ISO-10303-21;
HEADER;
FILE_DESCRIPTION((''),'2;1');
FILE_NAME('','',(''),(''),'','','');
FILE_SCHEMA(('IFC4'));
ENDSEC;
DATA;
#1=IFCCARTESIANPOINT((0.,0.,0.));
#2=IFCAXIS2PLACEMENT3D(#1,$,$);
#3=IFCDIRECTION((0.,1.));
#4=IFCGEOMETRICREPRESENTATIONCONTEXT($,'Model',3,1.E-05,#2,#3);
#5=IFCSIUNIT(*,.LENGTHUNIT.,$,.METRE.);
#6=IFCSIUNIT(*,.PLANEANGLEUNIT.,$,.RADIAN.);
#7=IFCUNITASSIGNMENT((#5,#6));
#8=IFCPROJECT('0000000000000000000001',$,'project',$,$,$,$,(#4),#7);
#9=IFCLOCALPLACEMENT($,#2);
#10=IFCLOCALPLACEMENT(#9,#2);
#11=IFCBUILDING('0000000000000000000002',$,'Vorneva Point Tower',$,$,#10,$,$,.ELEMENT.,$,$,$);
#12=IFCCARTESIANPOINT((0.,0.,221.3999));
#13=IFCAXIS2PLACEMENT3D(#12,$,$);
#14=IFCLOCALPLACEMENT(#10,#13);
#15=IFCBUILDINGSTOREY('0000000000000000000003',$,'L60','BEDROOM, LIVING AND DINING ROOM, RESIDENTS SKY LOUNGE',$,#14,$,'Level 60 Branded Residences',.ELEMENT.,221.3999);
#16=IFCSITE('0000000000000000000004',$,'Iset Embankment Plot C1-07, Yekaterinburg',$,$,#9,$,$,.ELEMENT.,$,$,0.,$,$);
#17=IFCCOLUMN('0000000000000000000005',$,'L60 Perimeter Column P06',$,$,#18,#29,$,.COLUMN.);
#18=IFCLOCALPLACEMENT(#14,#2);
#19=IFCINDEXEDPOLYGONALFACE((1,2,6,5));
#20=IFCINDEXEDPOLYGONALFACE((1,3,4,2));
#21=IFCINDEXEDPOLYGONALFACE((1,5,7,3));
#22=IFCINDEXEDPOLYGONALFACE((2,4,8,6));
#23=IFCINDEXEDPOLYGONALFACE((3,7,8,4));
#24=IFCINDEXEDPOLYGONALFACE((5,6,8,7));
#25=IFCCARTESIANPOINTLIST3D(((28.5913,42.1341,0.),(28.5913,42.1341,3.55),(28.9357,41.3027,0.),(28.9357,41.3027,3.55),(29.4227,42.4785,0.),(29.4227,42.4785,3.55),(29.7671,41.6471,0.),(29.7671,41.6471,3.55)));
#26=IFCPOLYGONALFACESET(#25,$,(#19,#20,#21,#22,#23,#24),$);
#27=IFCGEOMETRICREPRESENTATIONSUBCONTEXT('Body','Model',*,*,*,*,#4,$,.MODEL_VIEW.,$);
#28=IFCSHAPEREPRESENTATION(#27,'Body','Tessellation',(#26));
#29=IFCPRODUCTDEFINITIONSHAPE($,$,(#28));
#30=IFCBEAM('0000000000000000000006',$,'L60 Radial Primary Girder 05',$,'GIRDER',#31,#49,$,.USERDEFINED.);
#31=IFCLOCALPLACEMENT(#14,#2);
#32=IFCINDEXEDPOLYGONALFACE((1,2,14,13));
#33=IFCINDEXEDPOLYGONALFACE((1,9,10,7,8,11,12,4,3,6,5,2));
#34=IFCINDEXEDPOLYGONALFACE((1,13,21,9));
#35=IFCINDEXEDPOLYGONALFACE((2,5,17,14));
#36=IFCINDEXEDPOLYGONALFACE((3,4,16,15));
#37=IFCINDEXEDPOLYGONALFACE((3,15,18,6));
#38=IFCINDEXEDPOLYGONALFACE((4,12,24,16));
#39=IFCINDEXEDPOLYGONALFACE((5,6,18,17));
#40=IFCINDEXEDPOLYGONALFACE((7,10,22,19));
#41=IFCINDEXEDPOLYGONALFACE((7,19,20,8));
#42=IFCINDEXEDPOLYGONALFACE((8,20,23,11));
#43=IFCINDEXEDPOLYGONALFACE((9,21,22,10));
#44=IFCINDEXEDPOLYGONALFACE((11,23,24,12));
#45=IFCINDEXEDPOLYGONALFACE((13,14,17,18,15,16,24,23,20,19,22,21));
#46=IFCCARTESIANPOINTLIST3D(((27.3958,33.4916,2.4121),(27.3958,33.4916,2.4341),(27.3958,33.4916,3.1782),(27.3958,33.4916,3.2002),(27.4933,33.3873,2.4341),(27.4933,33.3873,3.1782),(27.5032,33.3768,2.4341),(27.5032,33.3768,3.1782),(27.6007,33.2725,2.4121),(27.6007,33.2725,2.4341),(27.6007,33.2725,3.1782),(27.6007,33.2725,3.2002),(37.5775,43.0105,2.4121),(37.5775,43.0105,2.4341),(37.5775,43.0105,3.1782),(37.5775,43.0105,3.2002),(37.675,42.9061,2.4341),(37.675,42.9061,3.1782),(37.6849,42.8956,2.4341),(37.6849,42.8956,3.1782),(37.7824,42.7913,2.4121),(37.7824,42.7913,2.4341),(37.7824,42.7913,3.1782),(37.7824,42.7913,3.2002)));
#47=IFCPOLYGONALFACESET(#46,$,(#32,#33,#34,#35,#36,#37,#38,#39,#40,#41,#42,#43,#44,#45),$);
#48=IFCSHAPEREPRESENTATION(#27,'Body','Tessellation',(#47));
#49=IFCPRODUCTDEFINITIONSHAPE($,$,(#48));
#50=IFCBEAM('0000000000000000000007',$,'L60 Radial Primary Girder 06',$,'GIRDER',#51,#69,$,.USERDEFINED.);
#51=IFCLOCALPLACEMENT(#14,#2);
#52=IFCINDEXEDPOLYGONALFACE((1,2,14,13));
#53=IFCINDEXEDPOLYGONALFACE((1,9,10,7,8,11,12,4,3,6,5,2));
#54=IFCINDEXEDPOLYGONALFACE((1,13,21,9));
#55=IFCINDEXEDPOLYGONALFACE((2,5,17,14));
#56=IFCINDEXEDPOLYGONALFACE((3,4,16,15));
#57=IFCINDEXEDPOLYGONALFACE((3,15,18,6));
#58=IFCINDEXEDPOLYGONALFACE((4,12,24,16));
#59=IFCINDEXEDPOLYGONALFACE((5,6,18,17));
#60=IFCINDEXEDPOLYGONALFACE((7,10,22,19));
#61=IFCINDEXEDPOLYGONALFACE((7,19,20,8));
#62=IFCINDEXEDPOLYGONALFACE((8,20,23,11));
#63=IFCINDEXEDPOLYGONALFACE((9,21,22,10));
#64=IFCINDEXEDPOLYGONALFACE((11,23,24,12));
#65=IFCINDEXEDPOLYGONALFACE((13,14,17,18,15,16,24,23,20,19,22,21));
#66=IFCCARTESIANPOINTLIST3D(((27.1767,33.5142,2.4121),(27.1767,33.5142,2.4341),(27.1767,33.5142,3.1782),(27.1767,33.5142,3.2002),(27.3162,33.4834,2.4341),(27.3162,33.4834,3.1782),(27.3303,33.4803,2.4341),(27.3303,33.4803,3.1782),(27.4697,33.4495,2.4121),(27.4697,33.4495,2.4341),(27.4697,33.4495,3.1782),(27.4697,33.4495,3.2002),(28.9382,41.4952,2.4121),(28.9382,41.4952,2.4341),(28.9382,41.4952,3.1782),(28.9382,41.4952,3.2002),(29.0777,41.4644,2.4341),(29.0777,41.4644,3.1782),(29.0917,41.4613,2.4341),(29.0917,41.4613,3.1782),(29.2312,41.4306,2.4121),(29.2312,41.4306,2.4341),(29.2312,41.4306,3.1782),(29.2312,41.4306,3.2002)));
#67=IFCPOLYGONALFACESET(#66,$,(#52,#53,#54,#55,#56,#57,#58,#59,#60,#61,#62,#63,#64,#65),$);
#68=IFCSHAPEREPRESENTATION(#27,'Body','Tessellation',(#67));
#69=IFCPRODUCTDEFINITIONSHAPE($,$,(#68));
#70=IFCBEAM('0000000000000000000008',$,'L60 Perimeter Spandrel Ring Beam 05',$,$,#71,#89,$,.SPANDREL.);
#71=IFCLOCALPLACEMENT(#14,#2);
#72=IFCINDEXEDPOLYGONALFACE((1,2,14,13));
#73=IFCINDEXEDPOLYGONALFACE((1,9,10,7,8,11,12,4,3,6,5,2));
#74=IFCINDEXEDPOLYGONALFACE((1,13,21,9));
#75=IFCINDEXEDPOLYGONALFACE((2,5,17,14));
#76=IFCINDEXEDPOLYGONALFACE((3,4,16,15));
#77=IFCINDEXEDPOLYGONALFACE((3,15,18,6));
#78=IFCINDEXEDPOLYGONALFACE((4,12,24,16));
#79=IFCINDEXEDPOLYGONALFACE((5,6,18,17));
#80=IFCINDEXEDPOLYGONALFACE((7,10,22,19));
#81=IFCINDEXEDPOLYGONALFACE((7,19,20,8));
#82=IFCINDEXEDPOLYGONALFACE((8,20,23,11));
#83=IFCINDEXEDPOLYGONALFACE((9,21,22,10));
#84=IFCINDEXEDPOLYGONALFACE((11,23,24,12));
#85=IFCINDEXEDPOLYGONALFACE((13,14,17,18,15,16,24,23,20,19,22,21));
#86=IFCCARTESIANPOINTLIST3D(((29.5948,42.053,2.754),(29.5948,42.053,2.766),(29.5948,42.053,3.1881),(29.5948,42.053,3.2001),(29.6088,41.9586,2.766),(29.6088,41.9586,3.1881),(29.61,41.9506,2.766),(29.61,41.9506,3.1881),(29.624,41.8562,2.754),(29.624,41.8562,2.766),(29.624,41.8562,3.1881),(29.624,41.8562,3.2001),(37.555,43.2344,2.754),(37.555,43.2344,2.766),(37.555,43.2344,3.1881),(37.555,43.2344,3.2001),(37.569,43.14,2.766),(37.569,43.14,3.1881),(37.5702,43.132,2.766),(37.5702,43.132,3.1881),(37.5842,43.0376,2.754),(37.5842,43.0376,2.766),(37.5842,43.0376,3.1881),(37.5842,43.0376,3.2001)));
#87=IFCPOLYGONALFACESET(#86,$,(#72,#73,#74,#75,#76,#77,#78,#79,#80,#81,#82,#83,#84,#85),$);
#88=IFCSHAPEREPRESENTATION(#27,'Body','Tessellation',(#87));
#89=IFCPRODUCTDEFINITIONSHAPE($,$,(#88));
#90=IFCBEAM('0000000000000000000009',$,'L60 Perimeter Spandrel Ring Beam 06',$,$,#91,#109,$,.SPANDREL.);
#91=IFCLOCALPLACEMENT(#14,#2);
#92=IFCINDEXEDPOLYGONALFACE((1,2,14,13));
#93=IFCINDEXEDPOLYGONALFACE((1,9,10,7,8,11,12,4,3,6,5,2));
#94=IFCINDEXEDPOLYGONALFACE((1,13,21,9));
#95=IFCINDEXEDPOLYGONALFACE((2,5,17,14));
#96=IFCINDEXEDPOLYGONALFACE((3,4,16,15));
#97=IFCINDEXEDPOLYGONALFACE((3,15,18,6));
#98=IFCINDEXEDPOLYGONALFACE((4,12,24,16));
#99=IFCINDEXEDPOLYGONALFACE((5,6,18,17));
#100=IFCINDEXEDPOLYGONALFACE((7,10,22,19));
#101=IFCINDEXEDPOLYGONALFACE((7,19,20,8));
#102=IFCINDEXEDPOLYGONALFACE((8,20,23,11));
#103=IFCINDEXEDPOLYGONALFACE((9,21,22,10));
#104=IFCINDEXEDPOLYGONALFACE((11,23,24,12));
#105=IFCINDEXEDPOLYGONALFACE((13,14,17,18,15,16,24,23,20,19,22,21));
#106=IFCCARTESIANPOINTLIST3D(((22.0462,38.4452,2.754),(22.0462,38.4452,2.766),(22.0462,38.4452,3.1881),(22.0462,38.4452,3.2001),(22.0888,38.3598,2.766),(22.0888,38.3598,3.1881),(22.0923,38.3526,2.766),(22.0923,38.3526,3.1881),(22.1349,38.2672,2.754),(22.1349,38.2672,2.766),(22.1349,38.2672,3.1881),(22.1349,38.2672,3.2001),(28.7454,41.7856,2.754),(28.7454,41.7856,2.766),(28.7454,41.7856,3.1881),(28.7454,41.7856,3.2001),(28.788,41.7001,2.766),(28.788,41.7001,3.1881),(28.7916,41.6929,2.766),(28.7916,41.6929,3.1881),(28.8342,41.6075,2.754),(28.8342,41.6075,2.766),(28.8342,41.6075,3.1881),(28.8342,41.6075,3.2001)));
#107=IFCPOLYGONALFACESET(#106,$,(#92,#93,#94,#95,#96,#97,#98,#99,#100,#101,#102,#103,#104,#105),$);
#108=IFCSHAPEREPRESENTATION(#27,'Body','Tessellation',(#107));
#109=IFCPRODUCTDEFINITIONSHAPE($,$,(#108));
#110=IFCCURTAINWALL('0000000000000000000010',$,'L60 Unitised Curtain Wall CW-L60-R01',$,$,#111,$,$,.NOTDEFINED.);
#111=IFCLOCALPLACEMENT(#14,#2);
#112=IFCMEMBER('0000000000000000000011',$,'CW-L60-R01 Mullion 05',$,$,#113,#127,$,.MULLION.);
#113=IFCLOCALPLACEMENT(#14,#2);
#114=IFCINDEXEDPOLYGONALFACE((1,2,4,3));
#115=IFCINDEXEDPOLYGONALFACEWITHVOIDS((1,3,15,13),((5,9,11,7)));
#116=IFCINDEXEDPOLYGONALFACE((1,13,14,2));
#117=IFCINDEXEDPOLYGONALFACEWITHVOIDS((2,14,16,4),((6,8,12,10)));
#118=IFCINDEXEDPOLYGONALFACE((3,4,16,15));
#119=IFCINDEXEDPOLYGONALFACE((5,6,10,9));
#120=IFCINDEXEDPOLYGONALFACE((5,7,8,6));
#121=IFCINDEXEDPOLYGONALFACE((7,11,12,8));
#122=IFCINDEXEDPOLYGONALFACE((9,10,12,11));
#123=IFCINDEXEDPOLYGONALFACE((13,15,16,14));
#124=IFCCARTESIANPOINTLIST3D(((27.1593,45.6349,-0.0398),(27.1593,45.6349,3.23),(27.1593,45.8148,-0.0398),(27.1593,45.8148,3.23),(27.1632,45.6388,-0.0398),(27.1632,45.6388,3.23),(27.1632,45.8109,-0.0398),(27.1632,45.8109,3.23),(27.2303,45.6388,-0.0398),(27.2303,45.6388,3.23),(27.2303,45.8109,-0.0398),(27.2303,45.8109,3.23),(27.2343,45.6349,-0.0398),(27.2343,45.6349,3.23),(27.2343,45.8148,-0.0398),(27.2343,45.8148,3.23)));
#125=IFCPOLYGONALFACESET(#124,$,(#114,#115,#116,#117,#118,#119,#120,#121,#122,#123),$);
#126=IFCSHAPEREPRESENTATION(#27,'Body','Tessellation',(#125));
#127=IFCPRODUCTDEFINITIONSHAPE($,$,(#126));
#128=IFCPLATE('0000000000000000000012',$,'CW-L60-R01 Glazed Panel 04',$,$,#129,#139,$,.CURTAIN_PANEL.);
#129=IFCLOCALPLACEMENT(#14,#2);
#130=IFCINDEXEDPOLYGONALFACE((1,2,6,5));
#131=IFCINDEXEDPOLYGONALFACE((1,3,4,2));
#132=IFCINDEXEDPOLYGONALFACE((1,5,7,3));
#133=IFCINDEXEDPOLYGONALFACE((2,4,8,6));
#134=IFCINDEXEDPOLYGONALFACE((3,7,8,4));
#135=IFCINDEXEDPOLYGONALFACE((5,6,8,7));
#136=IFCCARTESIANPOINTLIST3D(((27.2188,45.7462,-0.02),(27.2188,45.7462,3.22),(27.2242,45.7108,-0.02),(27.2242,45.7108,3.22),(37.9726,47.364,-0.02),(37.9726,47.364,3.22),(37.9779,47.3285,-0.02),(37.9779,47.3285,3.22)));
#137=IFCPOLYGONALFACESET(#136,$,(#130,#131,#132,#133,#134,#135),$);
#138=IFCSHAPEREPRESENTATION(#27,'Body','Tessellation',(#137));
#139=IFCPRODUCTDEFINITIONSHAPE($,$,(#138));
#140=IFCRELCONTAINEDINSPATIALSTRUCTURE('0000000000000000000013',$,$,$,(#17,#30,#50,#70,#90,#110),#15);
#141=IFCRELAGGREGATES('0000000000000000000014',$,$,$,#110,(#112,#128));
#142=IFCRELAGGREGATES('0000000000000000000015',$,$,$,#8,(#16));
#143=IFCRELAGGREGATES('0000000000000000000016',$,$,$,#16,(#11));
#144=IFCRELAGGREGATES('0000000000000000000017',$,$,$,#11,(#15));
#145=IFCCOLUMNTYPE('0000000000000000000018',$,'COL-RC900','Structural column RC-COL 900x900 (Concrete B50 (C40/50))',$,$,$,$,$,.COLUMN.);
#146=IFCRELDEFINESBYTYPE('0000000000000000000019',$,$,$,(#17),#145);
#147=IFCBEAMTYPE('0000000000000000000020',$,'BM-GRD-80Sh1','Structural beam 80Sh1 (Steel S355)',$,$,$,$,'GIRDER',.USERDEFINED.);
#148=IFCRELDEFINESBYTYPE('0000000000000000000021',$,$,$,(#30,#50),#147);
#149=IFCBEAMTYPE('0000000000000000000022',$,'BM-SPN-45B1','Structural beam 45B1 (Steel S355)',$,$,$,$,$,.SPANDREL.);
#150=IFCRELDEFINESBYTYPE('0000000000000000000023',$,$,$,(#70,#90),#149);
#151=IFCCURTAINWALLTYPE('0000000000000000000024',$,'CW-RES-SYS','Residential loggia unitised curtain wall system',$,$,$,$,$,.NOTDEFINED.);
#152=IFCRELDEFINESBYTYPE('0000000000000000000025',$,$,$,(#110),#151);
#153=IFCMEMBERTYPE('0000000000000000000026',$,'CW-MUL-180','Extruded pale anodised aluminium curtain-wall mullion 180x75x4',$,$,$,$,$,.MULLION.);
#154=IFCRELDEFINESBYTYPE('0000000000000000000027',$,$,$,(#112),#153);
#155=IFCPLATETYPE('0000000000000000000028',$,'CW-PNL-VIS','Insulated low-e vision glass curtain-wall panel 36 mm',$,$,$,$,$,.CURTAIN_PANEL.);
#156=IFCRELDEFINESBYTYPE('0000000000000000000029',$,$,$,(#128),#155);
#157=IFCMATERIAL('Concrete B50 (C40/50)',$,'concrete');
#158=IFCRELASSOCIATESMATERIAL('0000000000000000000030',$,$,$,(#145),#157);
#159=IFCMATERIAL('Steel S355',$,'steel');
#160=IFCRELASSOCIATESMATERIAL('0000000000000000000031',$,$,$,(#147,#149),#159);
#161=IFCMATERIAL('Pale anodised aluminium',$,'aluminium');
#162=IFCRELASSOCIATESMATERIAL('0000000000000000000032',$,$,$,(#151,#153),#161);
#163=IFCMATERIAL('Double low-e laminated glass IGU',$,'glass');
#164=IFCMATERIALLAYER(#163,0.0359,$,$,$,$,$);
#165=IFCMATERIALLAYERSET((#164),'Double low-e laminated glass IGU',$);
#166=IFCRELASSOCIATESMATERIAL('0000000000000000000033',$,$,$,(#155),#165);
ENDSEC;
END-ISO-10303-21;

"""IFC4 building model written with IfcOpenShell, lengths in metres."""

from ifc_helpers import new_model, si_unit, direction, frame, origin, origin_2d, place, context, subcontext, project, spatial, rectangle, hollow_rectangle, i_section, extrude, material, layer, layer_set, material_profile, profile_set, type_object, element, aggregate, save


model = new_model("IFC4")

# Units and contexts
model_context = context("Model", 3, precision=1e-05, world=origin(), true_north=direction((0.0, 1.0)))
body_context = subcontext(model_context, "Body", "Model", "MODEL_VIEW")
ifc_project = project(units=[si_unit("LENGTHUNIT", "METRE"), si_unit("PLANEANGLEUNIT", "RADIAN")], contexts=[model_context])

# Site, building, storey
site_placement = place(None, origin())
site = spatial("IfcSite", under=ifc_project, at=site_placement, Name="Iset Embankment Plot C1-07, Yekaterinburg", CompositionType="ELEMENT", RefElevation=0.0)
building_placement = place(site_placement, origin())
building = spatial("IfcBuilding", under=site, at=building_placement, Name="Vorneva Point Tower", CompositionType="ELEMENT")
storey_placement = place(building_placement, frame((0.0, 0.0, 221.3999)))
storey = spatial("IfcBuildingStorey", under=building, at=storey_placement, Name="L60", Description="BEDROOM, LIVING AND DINING ROOM, RESIDENTS SKY LOUNGE", LongName="Level 60 Branded Residences", CompositionType="ELEMENT", Elevation=221.3999)

# Column
ifc_material_1 = material(Name="Concrete B50 (C40/50)", Category="concrete")
ifc_material_profile_1 = material_profile(ifc_material_1, rectangle(XDim=0.8999, YDim=0.8999, at=origin_2d()), Name="RC-COL 900x900")
ifc_profile_set_1 = profile_set([ifc_material_profile_1], Name="Concrete B50 (C40/50)")
column_type = type_object("IfcColumnType", Name="COL-RC900", Description="Structural column RC-COL 900x900 (Concrete B50 (C40/50))", PredefinedType="COLUMN", material=ifc_profile_set_1)
column_placement = place(storey_placement, frame((29.1792, 41.8906, 0.0), z_axis=(0.0, 0.0, 1.0), x_axis=(-0.382683, 0.92388, 0.0)))
element("IfcColumn", 1, at=column_placement, inside=storey, type_object=column_type, Name="L60 Perimeter Column P06", PredefinedType="COLUMN", context=body_context, shape_type="SweptSolid", body=[
    extrude(rectangle(XDim=0.8999, YDim=0.8999, at=origin_2d()), origin(), (0.0, 0.0, 1.0), 3.55),
])

# Beams
ifc_material_2 = material(Name="Steel S355", Category="steel")
ifc_material_profile_2 = material_profile(ifc_material_2, i_section(OverallWidth=0.3, OverallDepth=0.7881, WebThickness=0.0144, FlangeThickness=0.022, at=origin_2d()), Name="80Sh1")
ifc_profile_set_2 = profile_set([ifc_material_profile_2], Name="Steel S355")
beam_type_1 = type_object("IfcBeamType", Name="BM-GRD-80Sh1", Description="Structural beam 80Sh1 (Steel S355)", ElementType="GIRDER", PredefinedType="USERDEFINED", material=ifc_profile_set_2)
beam_1_placement = place(storey_placement, frame((37.6799, 42.9009, 2.8062), z_axis=(-0.730485, -0.682929, 0.0), x_axis=(0.682929, -0.730485, 0.0)))
element("IfcBeam", 2, at=beam_1_placement, inside=storey, type_object=beam_type_1, Name="L60 Radial Primary Girder 05", ObjectType="GIRDER", PredefinedType="USERDEFINED", context=body_context, shape_type="SweptSolid", body=[
    extrude(i_section(OverallWidth=0.3, OverallDepth=0.7881, WebThickness=0.0144, FlangeThickness=0.022, at=origin_2d()), origin(), (0.0, 0.0, 1.0), 13.9382),
])
beam_2_placement = place(storey_placement, frame((29.0847, 41.4629, 2.8062), z_axis=(-0.215523, -0.976499, 0.0), x_axis=(0.976499, -0.215523, 0.0)))
element("IfcBeam", 3, at=beam_2_placement, inside=storey, type_object=beam_type_1, Name="L60 Radial Primary Girder 06", ObjectType="GIRDER", PredefinedType="USERDEFINED", context=body_context, shape_type="SweptSolid", body=[
    extrude(i_section(OverallWidth=0.3, OverallDepth=0.7881, WebThickness=0.0144, FlangeThickness=0.022, at=origin_2d()), origin(), (0.0, 0.0, 1.0), 8.1731),
])
ifc_material_profile_3 = material_profile(ifc_material_2, i_section(OverallWidth=0.199, OverallDepth=0.446, WebThickness=0.0081, FlangeThickness=0.012, at=origin_2d()), Name="45B1")
ifc_profile_set_3 = profile_set([ifc_material_profile_3], Name="Steel S355")
beam_type_2 = type_object("IfcBeamType", Name="BM-SPN-45B1", Description="Structural beam 45B1 (Steel S355)", PredefinedType="SPANDREL", material=ifc_profile_set_3)
beam_3_placement = place(storey_placement, frame((37.5696, 43.136, 2.9771), z_axis=(-0.989165, -0.146805, 0.0), x_axis=(0.146805, -0.989165, 0.0)))
element("IfcBeam", 4, at=beam_3_placement, inside=storey, type_object=beam_type_2, Name="L60 Perimeter Spandrel Ring Beam 05", PredefinedType="SPANDREL", context=body_context, shape_type="SweptSolid", body=[
    extrude(i_section(OverallWidth=0.199, OverallDepth=0.446, WebThickness=0.0081, FlangeThickness=0.012, at=origin_2d()), origin(), (0.0, 0.0, 1.0), 8.0474),
])
beam_4_placement = place(storey_placement, frame((28.7898, 41.6965, 2.9771), z_axis=(-0.894922, -0.446222, 0.0), x_axis=(0.446222, -0.894922, 0.0)))
element("IfcBeam", 5, at=beam_4_placement, inside=storey, type_object=beam_type_2, Name="L60 Perimeter Spandrel Ring Beam 06", PredefinedType="SPANDREL", context=body_context, shape_type="SweptSolid", body=[
    extrude(i_section(OverallWidth=0.199, OverallDepth=0.446, WebThickness=0.0081, FlangeThickness=0.012, at=origin_2d()), origin(), (0.0, 0.0, 1.0), 7.4858),
])

# Curtain wall, member, plate
ifc_material_3 = material(Name="Pale anodised aluminium", Category="aluminium")
curtain_wall_type = type_object("IfcCurtainWallType", Name="CW-RES-SYS", Description="Residential loggia unitised curtain wall system", PredefinedType="NOTDEFINED", material=ifc_material_3)
curtain_wall_placement = place(storey_placement, origin())
curtain_wall = element("IfcCurtainWall", 6, at=curtain_wall_placement, inside=storey, type_object=curtain_wall_type, Name="L60 Unitised Curtain Wall CW-L60-R01", PredefinedType="NOTDEFINED")
ifc_material_profile_4 = material_profile(ifc_material_3, hollow_rectangle(XDim=0.075, YDim=0.1799, WallThickness=0.0039, at=origin_2d()), Name="AL-MUL 180x75x4")
ifc_profile_set_4 = profile_set([ifc_material_profile_4], Name="Pale anodised aluminium")
member_type = type_object("IfcMemberType", Name="CW-MUL-180", Description="Extruded pale anodised aluminium curtain-wall mullion 180x75x4", PredefinedType="MULLION", material=ifc_profile_set_4)
member_placement = place(storey_placement, frame((27.1968, 45.7249, -0.0398), z_axis=(0.0, 0.0, 1.0), x_axis=(1.0, 0.0, 0.0)))
member = element("IfcMember", 7, at=member_placement, type_object=member_type, Name="CW-L60-R01 Mullion 05", PredefinedType="MULLION", context=body_context, shape_type="SweptSolid", body=[
    extrude(hollow_rectangle(XDim=0.075, YDim=0.1799, WallThickness=0.0039, at=origin_2d()), origin(), (0.0, 0.0, 1.0), 3.2698),
])
ifc_material_4 = material(Name="Double low-e laminated glass IGU", Category="glass")
ifc_layer_1 = layer(ifc_material_4, 0.0359)
ifc_layer_set_1 = layer_set([ifc_layer_1], Name="Double low-e laminated glass IGU")
plate_type = type_object("IfcPlateType", Name="CW-PNL-VIS", Description="Insulated low-e vision glass curtain-wall panel 36 mm", PredefinedType="CURTAIN_PANEL", material=ifc_layer_set_1)
plate_placement = place(storey_placement, frame((32.5984, 46.5374, -0.02), z_axis=(0.0, 0.0, 1.0), x_axis=(-0.988874, -0.148759, 0.0)))
plate = element("IfcPlate", 8, at=plate_placement, type_object=plate_type, Name="CW-L60-R01 Glazed Panel 04", PredefinedType="CURTAIN_PANEL", context=body_context, shape_type="SweptSolid", body=[
    extrude(rectangle(XDim=10.8748, YDim=0.0359, at=origin_2d()), origin(), (0.0, 0.0, 1.0), 3.24),
])
aggregate(curtain_wall, [member, plate])

save(model, "model.ifc")
